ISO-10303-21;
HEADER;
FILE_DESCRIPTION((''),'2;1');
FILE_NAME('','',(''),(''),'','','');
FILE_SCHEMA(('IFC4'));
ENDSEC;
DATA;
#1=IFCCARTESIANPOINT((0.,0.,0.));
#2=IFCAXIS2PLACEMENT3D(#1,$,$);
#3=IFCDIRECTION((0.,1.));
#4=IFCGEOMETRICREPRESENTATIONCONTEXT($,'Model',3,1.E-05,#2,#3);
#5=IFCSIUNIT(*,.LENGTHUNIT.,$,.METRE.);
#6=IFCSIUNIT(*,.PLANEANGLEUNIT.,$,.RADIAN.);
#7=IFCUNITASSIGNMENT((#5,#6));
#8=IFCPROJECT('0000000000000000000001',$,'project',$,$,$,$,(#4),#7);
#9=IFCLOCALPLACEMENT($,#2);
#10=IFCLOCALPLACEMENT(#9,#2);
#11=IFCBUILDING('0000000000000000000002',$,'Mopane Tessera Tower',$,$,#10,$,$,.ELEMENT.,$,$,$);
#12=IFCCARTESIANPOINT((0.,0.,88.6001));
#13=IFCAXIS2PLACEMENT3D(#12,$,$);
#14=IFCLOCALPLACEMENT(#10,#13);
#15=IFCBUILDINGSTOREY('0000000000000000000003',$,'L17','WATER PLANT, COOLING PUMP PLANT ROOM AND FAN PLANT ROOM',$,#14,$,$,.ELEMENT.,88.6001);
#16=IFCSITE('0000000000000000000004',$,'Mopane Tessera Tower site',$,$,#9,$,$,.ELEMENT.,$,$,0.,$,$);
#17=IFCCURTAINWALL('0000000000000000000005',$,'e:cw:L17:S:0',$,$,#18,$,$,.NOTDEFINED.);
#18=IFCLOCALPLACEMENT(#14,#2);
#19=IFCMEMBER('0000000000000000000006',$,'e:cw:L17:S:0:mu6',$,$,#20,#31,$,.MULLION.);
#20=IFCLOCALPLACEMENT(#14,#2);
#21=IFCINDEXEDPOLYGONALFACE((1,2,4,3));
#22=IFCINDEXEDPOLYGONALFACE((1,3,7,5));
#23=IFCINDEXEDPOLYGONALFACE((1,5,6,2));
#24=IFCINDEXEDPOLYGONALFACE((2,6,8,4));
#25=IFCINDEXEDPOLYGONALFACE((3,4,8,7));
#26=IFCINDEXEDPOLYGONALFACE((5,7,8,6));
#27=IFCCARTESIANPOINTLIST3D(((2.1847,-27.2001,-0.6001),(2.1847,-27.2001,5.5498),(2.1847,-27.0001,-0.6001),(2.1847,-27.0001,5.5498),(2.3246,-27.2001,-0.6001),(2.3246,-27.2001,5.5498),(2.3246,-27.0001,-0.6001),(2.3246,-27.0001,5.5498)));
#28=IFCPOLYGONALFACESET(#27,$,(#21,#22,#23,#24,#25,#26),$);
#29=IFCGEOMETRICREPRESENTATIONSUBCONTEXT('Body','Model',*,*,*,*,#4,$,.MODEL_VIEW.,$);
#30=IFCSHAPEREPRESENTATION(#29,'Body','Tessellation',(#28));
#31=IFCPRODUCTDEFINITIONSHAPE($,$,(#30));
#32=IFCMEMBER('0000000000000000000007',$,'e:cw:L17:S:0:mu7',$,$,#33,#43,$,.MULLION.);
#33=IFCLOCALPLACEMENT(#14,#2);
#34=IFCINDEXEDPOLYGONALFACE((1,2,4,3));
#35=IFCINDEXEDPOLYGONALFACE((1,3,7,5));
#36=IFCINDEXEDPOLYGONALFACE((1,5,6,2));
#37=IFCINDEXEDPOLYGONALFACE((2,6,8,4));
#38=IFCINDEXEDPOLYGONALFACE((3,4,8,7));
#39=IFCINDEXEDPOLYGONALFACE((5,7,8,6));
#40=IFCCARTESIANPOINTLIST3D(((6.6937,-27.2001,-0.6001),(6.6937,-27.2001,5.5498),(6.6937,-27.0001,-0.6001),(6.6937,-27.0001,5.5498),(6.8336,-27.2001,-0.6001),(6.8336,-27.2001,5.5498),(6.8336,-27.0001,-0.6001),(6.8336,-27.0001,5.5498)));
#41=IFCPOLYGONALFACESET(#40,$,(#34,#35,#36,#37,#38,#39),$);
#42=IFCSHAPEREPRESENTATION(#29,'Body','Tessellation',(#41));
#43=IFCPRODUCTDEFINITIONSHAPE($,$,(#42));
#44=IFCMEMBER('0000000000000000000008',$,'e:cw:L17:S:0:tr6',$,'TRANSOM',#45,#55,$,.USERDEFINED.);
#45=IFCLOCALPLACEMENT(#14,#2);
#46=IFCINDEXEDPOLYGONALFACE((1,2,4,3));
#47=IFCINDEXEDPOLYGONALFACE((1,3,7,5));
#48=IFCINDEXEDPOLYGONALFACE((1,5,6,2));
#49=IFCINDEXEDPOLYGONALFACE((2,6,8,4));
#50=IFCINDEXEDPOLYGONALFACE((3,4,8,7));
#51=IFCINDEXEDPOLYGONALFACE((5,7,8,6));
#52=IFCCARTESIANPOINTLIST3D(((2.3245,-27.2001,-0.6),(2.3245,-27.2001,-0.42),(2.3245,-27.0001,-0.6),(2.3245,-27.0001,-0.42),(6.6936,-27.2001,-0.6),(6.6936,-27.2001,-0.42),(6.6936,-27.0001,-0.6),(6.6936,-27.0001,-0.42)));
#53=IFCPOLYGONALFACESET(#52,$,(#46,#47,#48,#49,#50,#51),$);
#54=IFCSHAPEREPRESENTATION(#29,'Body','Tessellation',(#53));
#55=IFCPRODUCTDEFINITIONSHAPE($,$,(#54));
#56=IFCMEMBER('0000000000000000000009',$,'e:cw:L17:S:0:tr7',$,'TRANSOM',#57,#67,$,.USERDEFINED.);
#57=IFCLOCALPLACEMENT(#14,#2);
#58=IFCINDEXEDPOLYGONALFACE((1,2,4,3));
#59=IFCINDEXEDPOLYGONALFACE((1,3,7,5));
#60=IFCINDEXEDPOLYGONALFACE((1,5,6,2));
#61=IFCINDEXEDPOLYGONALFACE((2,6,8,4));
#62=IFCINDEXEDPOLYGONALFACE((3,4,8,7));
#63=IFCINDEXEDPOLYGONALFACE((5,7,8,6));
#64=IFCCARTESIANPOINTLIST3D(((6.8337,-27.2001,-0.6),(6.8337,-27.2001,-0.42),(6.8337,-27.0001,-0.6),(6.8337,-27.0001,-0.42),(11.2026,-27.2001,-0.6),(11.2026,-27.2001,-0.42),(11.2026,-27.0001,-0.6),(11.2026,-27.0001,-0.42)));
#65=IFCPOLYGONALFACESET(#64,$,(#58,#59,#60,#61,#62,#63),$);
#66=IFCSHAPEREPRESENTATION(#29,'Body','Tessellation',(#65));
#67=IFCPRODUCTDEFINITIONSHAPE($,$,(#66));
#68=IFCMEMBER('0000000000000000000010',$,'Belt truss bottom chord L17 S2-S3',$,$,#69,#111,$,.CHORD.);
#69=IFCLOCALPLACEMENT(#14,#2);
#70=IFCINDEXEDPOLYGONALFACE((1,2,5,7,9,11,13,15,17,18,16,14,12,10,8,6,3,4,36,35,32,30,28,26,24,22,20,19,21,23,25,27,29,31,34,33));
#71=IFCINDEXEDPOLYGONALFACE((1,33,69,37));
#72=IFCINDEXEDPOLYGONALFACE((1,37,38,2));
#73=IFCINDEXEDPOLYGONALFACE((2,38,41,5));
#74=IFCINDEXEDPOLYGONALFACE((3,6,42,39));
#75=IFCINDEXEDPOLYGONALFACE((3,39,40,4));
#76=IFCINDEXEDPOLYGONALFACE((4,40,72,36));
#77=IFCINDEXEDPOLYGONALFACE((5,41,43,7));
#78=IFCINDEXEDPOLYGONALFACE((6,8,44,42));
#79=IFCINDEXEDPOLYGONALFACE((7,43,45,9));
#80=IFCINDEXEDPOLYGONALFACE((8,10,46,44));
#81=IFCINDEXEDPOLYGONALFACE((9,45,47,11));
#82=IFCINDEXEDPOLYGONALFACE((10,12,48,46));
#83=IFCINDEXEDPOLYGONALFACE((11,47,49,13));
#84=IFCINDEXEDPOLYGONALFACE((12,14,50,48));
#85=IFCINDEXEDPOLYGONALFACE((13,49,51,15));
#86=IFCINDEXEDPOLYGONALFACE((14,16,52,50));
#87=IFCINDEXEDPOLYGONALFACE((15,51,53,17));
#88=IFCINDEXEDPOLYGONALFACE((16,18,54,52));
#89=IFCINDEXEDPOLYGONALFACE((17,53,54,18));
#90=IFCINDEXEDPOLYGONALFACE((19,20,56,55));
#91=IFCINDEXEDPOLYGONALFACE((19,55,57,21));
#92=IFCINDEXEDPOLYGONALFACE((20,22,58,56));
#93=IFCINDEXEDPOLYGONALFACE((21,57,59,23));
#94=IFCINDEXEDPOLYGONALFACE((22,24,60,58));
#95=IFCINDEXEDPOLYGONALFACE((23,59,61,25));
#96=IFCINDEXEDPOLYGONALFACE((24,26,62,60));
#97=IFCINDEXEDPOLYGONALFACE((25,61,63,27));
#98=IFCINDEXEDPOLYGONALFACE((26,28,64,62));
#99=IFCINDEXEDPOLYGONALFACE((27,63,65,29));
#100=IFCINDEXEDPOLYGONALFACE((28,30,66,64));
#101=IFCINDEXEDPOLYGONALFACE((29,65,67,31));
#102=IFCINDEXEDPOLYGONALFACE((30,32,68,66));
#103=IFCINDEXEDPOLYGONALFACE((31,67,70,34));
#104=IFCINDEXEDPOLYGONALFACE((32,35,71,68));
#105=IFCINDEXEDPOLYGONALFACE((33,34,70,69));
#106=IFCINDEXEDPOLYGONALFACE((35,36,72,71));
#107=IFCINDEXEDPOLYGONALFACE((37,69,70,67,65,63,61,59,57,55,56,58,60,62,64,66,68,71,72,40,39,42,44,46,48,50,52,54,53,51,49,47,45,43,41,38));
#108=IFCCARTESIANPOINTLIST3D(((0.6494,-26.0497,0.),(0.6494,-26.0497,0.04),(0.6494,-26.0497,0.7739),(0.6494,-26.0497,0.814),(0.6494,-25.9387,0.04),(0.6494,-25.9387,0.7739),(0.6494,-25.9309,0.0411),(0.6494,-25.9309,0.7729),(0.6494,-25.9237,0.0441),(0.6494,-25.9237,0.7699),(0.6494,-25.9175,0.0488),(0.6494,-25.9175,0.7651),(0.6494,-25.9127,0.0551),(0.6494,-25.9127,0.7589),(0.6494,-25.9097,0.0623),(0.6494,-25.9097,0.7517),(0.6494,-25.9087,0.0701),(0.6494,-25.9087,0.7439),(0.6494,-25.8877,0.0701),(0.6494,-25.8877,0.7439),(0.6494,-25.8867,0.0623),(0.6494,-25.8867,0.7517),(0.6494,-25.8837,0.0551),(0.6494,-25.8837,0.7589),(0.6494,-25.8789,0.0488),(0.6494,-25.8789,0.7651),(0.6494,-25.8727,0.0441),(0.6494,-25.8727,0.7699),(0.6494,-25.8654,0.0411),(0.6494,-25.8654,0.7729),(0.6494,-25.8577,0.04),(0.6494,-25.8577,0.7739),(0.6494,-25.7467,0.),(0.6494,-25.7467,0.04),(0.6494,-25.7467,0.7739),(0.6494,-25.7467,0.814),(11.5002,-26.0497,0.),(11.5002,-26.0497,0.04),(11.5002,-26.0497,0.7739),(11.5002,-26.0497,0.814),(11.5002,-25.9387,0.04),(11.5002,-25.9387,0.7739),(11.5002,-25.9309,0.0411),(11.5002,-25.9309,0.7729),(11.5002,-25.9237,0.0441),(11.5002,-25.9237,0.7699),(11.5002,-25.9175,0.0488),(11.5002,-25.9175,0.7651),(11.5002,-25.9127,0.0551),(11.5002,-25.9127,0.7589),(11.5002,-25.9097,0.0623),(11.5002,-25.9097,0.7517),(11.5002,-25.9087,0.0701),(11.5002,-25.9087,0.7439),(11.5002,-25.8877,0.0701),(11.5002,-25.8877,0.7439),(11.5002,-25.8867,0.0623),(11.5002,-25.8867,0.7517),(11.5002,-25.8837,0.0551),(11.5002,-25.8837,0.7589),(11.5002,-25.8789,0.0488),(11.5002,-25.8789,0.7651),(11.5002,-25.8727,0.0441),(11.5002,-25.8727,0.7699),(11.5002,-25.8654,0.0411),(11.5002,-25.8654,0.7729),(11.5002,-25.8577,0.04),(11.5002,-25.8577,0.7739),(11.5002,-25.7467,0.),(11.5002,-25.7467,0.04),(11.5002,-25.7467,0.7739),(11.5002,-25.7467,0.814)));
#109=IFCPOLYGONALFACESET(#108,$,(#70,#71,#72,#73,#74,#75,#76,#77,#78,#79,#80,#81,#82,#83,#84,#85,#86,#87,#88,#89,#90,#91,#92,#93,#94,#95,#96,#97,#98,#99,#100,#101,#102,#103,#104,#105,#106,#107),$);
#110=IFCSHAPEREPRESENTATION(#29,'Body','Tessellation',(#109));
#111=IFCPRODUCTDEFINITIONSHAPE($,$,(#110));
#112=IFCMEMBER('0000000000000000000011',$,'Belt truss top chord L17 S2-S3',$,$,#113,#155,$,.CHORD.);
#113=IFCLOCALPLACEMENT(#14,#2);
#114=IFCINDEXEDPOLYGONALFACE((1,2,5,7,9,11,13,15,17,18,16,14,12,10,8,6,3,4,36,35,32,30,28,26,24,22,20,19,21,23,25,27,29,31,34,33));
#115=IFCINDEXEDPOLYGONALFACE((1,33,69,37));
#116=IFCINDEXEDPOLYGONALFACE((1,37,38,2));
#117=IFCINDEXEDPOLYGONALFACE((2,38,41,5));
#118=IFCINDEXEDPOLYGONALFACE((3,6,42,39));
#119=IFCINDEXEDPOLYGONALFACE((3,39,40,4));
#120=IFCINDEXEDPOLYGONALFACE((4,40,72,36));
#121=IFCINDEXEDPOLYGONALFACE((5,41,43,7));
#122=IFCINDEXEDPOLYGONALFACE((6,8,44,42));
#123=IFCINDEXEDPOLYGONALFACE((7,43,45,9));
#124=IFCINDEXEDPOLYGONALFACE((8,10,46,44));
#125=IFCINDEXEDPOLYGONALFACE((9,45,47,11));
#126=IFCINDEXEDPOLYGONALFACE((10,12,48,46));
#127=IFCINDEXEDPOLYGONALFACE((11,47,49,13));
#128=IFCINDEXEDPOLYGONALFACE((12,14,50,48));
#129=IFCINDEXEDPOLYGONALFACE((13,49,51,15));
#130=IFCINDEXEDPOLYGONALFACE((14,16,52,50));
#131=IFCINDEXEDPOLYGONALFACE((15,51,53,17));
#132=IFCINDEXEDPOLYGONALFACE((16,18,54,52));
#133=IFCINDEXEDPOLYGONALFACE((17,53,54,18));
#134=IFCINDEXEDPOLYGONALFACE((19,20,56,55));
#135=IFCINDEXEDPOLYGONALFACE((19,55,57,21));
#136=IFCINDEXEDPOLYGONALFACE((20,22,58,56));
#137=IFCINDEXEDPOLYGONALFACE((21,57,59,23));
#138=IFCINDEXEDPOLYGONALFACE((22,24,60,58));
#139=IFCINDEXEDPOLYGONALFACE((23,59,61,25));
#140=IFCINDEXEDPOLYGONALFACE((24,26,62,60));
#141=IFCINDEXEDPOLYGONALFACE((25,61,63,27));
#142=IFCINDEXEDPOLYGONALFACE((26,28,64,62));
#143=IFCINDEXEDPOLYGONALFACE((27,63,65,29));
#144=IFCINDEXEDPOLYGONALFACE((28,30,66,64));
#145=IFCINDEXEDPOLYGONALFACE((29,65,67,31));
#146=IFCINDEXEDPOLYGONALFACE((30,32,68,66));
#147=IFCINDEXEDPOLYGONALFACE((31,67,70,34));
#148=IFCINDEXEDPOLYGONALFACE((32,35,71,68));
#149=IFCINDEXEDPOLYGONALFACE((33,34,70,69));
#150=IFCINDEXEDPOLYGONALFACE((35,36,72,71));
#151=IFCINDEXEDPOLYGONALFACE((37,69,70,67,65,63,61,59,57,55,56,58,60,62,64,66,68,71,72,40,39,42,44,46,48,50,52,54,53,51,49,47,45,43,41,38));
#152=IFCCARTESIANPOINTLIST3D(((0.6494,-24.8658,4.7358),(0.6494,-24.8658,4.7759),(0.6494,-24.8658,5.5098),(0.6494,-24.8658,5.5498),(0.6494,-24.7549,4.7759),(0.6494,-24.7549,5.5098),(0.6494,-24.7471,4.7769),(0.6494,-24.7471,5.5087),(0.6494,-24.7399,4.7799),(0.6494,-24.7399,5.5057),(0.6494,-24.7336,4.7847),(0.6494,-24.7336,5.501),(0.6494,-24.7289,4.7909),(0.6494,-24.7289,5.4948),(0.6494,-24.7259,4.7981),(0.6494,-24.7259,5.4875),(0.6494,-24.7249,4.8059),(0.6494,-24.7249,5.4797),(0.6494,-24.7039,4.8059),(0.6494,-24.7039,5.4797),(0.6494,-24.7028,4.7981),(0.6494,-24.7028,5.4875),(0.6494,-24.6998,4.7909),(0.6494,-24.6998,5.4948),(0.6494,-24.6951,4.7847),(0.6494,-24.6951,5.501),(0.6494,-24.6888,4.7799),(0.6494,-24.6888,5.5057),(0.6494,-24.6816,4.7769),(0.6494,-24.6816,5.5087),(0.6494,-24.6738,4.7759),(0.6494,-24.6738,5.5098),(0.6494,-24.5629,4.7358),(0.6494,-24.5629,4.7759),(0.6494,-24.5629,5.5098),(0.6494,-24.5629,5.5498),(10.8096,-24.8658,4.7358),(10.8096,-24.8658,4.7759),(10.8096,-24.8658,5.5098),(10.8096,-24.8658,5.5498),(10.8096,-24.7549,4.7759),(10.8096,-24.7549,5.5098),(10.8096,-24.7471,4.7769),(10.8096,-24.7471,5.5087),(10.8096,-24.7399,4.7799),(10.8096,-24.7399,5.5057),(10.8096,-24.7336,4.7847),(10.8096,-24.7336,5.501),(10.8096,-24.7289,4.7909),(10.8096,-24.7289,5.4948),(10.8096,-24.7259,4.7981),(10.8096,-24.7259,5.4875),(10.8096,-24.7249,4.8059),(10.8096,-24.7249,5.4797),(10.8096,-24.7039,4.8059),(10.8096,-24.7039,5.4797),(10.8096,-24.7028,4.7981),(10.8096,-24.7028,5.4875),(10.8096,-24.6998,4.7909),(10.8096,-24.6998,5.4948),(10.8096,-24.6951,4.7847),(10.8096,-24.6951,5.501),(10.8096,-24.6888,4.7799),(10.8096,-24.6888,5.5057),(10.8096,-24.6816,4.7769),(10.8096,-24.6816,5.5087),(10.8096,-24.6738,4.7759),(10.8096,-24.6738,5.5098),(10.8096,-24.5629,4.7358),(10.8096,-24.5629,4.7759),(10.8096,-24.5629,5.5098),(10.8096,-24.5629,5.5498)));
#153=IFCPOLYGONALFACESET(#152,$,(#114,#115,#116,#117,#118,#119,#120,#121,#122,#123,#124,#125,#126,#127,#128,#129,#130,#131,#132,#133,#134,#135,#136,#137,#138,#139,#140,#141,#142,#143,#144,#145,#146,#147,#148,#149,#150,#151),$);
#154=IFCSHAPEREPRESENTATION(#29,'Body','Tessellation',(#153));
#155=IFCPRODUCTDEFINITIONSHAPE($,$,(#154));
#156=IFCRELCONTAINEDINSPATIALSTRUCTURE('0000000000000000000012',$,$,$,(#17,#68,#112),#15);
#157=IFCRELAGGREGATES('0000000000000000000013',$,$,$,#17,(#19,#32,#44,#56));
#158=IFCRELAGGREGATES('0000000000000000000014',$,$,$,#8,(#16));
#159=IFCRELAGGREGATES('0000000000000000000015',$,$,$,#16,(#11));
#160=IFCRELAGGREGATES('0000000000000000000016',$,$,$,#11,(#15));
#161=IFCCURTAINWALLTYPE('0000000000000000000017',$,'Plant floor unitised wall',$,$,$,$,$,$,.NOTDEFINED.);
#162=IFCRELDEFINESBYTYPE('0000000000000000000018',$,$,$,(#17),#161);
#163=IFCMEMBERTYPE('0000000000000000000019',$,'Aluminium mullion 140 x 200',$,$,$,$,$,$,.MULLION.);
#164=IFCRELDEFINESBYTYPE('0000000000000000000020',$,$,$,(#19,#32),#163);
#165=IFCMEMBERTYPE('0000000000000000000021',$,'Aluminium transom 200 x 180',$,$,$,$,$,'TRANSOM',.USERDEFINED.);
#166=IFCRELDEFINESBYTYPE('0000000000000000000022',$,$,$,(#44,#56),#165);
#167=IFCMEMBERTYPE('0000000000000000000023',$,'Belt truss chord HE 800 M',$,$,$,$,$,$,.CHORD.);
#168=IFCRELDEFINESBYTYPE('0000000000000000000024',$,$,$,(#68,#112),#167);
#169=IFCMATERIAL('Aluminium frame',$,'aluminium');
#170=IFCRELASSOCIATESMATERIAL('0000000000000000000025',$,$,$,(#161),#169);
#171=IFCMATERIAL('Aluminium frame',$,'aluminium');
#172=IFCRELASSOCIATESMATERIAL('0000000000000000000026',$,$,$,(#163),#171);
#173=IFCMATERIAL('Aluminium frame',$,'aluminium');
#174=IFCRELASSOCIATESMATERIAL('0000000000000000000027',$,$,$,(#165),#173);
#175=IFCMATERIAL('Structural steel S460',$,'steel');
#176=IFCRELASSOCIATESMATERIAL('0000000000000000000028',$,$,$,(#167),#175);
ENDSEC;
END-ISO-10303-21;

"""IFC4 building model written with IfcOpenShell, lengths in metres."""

from ifc_helpers import new_model, si_unit, direction, frame, origin, origin_2d, place, context, subcontext, project, spatial, rectangle, i_section, extrude, material, material_profile, profile_set, type_object, element, aggregate, save


model = new_model("IFC4")

# Units and contexts
model_context = context("Model", 3, precision=1e-05, world=origin(), true_north=direction((0.0, 1.0)))
body_context = subcontext(model_context, "Body", "Model", "MODEL_VIEW")
ifc_project = project(units=[si_unit("LENGTHUNIT", "METRE"), si_unit("PLANEANGLEUNIT", "RADIAN")], contexts=[model_context])

# Site, building, storey
site_placement = place(None, origin())
site = spatial("IfcSite", under=ifc_project, at=site_placement, Name="Mopane Tessera Tower site", CompositionType="ELEMENT", RefElevation=0.0)
building_placement = place(site_placement, origin())
building = spatial("IfcBuilding", under=site, at=building_placement, Name="Mopane Tessera Tower", CompositionType="ELEMENT")
storey_placement = place(building_placement, frame((0.0, 0.0, 88.6001)))
storey = spatial("IfcBuildingStorey", under=building, at=storey_placement, Name="L17", Description="WATER PLANT, COOLING PUMP PLANT ROOM AND FAN PLANT ROOM", CompositionType="ELEMENT", Elevation=88.6001)

# Curtain wall, members
ifc_material_1 = material(Name="Aluminium frame", Category="aluminium")
curtain_wall_type = type_object("IfcCurtainWallType", Name="Plant floor unitised wall", PredefinedType="NOTDEFINED", material=ifc_material_1)
curtain_wall_placement = place(storey_placement, origin())
curtain_wall = element("IfcCurtainWall", 1, at=curtain_wall_placement, inside=storey, type_object=curtain_wall_type, Name="e:cw:L17:S:0", PredefinedType="NOTDEFINED")
ifc_material_2 = material(Name="Aluminium frame", Category="aluminium")
ifc_material_profile_1 = material_profile(ifc_material_2, rectangle(XDim=0.1399, YDim=0.2, at=origin_2d()))
ifc_profile_set_1 = profile_set([ifc_material_profile_1], Name="Aluminium frame")
member_type_1 = type_object("IfcMemberType", Name="Aluminium mullion 140 x 200", PredefinedType="MULLION", material=ifc_profile_set_1)
member_1_placement = place(storey_placement, frame((2.2546, -27.1001, -0.6001), z_axis=(0.0, 0.0, 1.0), x_axis=(1.0, 0.0, 0.0)))
member_1 = element("IfcMember", 2, at=member_1_placement, type_object=member_type_1, Name="e:cw:L17:S:0:mu6", PredefinedType="MULLION", context=body_context, shape_type="SweptSolid", body=[
    extrude(rectangle(XDim=0.1399, YDim=0.2, at=origin_2d()), origin(), (0.0, 0.0, 1.0), 6.1499),
])
member_2_placement = place(storey_placement, frame((6.7637, -27.1001, -0.6001), z_axis=(0.0, 0.0, 1.0), x_axis=(1.0, 0.0, 0.0)))
member_2 = element("IfcMember", 3, at=member_2_placement, type_object=member_type_1, Name="e:cw:L17:S:0:mu7", PredefinedType="MULLION", context=body_context, shape_type="SweptSolid", body=[
    extrude(rectangle(XDim=0.1399, YDim=0.2, at=origin_2d()), origin(), (0.0, 0.0, 1.0), 6.1499),
])
ifc_material_3 = material(Name="Aluminium frame", Category="aluminium")
ifc_material_profile_2 = material_profile(ifc_material_3, rectangle(XDim=0.2, YDim=0.1799, at=origin_2d()))
ifc_profile_set_2 = profile_set([ifc_material_profile_2], Name="Aluminium frame")
member_type_2 = type_object("IfcMemberType", Name="Aluminium transom 200 x 180", ElementType="TRANSOM", PredefinedType="USERDEFINED", material=ifc_profile_set_2)
member_3_placement = place(storey_placement, frame((2.3245, -27.1001, -0.51), z_axis=(1.0, 0.0, 0.0), x_axis=(0.0, 1.0, 0.0)))
member_3 = element("IfcMember", 4, at=member_3_placement, type_object=member_type_2, Name="e:cw:L17:S:0:tr6", ObjectType="TRANSOM", PredefinedType="USERDEFINED", context=body_context, shape_type="SweptSolid", body=[
    extrude(rectangle(XDim=0.2, YDim=0.1799, at=origin_2d()), origin(), (0.0, 0.0, 1.0), 4.3691),
])
member_4_placement = place(storey_placement, frame((6.8337, -27.1001, -0.51), z_axis=(1.0, 0.0, 0.0), x_axis=(0.0, 1.0, 0.0)))
member_4 = element("IfcMember", 5, at=member_4_placement, type_object=member_type_2, Name="e:cw:L17:S:0:tr7", ObjectType="TRANSOM", PredefinedType="USERDEFINED", context=body_context, shape_type="SweptSolid", body=[
    extrude(rectangle(XDim=0.2, YDim=0.1799, at=origin_2d()), origin(), (0.0, 0.0, 1.0), 4.3689),
])

# Members
ifc_material_4 = material(Name="Structural steel S460", Category="steel")
ifc_material_profile_3 = material_profile(ifc_material_4, i_section(OverallWidth=0.303, OverallDepth=0.814, WebThickness=0.021, FlangeThickness=0.04, FilletRadius=0.03, at=origin_2d()))
ifc_profile_set_3 = profile_set([ifc_material_profile_3], Name="Structural steel S460")
member_type_3 = type_object("IfcMemberType", Name="Belt truss chord HE 800 M", PredefinedType="CHORD", material=ifc_profile_set_3)
member_5_placement = place(storey_placement, frame((0.6494, -25.8982, 0.407), z_axis=(1.0, 0.0, 0.0), x_axis=(0.0, 1.0, 0.0)))
element("IfcMember", 6, at=member_5_placement, inside=storey, type_object=member_type_3, Name="Belt truss bottom chord L17 S2-S3", PredefinedType="CHORD", context=body_context, shape_type="SweptSolid", body=[
    extrude(i_section(OverallWidth=0.303, OverallDepth=0.814, WebThickness=0.021, FlangeThickness=0.04, FilletRadius=0.03, at=origin_2d()), origin(), (0.0, 0.0, 1.0), 10.8508),
])
member_6_placement = place(storey_placement, frame((0.6494, -24.7144, 5.1428), z_axis=(1.0, 0.0, 0.0), x_axis=(0.0, 1.0, 0.0)))
element("IfcMember", 7, at=member_6_placement, inside=storey, type_object=member_type_3, Name="Belt truss top chord L17 S2-S3", PredefinedType="CHORD", context=body_context, shape_type="SweptSolid", body=[
    extrude(i_section(OverallWidth=0.303, OverallDepth=0.814, WebThickness=0.021, FlangeThickness=0.04, FilletRadius=0.03, at=origin_2d()), origin(), (0.0, 0.0, 1.0), 10.1602),
])

aggregate(curtain_wall, [member_1, member_2, member_3, member_4])

save(model, "model.ifc")
